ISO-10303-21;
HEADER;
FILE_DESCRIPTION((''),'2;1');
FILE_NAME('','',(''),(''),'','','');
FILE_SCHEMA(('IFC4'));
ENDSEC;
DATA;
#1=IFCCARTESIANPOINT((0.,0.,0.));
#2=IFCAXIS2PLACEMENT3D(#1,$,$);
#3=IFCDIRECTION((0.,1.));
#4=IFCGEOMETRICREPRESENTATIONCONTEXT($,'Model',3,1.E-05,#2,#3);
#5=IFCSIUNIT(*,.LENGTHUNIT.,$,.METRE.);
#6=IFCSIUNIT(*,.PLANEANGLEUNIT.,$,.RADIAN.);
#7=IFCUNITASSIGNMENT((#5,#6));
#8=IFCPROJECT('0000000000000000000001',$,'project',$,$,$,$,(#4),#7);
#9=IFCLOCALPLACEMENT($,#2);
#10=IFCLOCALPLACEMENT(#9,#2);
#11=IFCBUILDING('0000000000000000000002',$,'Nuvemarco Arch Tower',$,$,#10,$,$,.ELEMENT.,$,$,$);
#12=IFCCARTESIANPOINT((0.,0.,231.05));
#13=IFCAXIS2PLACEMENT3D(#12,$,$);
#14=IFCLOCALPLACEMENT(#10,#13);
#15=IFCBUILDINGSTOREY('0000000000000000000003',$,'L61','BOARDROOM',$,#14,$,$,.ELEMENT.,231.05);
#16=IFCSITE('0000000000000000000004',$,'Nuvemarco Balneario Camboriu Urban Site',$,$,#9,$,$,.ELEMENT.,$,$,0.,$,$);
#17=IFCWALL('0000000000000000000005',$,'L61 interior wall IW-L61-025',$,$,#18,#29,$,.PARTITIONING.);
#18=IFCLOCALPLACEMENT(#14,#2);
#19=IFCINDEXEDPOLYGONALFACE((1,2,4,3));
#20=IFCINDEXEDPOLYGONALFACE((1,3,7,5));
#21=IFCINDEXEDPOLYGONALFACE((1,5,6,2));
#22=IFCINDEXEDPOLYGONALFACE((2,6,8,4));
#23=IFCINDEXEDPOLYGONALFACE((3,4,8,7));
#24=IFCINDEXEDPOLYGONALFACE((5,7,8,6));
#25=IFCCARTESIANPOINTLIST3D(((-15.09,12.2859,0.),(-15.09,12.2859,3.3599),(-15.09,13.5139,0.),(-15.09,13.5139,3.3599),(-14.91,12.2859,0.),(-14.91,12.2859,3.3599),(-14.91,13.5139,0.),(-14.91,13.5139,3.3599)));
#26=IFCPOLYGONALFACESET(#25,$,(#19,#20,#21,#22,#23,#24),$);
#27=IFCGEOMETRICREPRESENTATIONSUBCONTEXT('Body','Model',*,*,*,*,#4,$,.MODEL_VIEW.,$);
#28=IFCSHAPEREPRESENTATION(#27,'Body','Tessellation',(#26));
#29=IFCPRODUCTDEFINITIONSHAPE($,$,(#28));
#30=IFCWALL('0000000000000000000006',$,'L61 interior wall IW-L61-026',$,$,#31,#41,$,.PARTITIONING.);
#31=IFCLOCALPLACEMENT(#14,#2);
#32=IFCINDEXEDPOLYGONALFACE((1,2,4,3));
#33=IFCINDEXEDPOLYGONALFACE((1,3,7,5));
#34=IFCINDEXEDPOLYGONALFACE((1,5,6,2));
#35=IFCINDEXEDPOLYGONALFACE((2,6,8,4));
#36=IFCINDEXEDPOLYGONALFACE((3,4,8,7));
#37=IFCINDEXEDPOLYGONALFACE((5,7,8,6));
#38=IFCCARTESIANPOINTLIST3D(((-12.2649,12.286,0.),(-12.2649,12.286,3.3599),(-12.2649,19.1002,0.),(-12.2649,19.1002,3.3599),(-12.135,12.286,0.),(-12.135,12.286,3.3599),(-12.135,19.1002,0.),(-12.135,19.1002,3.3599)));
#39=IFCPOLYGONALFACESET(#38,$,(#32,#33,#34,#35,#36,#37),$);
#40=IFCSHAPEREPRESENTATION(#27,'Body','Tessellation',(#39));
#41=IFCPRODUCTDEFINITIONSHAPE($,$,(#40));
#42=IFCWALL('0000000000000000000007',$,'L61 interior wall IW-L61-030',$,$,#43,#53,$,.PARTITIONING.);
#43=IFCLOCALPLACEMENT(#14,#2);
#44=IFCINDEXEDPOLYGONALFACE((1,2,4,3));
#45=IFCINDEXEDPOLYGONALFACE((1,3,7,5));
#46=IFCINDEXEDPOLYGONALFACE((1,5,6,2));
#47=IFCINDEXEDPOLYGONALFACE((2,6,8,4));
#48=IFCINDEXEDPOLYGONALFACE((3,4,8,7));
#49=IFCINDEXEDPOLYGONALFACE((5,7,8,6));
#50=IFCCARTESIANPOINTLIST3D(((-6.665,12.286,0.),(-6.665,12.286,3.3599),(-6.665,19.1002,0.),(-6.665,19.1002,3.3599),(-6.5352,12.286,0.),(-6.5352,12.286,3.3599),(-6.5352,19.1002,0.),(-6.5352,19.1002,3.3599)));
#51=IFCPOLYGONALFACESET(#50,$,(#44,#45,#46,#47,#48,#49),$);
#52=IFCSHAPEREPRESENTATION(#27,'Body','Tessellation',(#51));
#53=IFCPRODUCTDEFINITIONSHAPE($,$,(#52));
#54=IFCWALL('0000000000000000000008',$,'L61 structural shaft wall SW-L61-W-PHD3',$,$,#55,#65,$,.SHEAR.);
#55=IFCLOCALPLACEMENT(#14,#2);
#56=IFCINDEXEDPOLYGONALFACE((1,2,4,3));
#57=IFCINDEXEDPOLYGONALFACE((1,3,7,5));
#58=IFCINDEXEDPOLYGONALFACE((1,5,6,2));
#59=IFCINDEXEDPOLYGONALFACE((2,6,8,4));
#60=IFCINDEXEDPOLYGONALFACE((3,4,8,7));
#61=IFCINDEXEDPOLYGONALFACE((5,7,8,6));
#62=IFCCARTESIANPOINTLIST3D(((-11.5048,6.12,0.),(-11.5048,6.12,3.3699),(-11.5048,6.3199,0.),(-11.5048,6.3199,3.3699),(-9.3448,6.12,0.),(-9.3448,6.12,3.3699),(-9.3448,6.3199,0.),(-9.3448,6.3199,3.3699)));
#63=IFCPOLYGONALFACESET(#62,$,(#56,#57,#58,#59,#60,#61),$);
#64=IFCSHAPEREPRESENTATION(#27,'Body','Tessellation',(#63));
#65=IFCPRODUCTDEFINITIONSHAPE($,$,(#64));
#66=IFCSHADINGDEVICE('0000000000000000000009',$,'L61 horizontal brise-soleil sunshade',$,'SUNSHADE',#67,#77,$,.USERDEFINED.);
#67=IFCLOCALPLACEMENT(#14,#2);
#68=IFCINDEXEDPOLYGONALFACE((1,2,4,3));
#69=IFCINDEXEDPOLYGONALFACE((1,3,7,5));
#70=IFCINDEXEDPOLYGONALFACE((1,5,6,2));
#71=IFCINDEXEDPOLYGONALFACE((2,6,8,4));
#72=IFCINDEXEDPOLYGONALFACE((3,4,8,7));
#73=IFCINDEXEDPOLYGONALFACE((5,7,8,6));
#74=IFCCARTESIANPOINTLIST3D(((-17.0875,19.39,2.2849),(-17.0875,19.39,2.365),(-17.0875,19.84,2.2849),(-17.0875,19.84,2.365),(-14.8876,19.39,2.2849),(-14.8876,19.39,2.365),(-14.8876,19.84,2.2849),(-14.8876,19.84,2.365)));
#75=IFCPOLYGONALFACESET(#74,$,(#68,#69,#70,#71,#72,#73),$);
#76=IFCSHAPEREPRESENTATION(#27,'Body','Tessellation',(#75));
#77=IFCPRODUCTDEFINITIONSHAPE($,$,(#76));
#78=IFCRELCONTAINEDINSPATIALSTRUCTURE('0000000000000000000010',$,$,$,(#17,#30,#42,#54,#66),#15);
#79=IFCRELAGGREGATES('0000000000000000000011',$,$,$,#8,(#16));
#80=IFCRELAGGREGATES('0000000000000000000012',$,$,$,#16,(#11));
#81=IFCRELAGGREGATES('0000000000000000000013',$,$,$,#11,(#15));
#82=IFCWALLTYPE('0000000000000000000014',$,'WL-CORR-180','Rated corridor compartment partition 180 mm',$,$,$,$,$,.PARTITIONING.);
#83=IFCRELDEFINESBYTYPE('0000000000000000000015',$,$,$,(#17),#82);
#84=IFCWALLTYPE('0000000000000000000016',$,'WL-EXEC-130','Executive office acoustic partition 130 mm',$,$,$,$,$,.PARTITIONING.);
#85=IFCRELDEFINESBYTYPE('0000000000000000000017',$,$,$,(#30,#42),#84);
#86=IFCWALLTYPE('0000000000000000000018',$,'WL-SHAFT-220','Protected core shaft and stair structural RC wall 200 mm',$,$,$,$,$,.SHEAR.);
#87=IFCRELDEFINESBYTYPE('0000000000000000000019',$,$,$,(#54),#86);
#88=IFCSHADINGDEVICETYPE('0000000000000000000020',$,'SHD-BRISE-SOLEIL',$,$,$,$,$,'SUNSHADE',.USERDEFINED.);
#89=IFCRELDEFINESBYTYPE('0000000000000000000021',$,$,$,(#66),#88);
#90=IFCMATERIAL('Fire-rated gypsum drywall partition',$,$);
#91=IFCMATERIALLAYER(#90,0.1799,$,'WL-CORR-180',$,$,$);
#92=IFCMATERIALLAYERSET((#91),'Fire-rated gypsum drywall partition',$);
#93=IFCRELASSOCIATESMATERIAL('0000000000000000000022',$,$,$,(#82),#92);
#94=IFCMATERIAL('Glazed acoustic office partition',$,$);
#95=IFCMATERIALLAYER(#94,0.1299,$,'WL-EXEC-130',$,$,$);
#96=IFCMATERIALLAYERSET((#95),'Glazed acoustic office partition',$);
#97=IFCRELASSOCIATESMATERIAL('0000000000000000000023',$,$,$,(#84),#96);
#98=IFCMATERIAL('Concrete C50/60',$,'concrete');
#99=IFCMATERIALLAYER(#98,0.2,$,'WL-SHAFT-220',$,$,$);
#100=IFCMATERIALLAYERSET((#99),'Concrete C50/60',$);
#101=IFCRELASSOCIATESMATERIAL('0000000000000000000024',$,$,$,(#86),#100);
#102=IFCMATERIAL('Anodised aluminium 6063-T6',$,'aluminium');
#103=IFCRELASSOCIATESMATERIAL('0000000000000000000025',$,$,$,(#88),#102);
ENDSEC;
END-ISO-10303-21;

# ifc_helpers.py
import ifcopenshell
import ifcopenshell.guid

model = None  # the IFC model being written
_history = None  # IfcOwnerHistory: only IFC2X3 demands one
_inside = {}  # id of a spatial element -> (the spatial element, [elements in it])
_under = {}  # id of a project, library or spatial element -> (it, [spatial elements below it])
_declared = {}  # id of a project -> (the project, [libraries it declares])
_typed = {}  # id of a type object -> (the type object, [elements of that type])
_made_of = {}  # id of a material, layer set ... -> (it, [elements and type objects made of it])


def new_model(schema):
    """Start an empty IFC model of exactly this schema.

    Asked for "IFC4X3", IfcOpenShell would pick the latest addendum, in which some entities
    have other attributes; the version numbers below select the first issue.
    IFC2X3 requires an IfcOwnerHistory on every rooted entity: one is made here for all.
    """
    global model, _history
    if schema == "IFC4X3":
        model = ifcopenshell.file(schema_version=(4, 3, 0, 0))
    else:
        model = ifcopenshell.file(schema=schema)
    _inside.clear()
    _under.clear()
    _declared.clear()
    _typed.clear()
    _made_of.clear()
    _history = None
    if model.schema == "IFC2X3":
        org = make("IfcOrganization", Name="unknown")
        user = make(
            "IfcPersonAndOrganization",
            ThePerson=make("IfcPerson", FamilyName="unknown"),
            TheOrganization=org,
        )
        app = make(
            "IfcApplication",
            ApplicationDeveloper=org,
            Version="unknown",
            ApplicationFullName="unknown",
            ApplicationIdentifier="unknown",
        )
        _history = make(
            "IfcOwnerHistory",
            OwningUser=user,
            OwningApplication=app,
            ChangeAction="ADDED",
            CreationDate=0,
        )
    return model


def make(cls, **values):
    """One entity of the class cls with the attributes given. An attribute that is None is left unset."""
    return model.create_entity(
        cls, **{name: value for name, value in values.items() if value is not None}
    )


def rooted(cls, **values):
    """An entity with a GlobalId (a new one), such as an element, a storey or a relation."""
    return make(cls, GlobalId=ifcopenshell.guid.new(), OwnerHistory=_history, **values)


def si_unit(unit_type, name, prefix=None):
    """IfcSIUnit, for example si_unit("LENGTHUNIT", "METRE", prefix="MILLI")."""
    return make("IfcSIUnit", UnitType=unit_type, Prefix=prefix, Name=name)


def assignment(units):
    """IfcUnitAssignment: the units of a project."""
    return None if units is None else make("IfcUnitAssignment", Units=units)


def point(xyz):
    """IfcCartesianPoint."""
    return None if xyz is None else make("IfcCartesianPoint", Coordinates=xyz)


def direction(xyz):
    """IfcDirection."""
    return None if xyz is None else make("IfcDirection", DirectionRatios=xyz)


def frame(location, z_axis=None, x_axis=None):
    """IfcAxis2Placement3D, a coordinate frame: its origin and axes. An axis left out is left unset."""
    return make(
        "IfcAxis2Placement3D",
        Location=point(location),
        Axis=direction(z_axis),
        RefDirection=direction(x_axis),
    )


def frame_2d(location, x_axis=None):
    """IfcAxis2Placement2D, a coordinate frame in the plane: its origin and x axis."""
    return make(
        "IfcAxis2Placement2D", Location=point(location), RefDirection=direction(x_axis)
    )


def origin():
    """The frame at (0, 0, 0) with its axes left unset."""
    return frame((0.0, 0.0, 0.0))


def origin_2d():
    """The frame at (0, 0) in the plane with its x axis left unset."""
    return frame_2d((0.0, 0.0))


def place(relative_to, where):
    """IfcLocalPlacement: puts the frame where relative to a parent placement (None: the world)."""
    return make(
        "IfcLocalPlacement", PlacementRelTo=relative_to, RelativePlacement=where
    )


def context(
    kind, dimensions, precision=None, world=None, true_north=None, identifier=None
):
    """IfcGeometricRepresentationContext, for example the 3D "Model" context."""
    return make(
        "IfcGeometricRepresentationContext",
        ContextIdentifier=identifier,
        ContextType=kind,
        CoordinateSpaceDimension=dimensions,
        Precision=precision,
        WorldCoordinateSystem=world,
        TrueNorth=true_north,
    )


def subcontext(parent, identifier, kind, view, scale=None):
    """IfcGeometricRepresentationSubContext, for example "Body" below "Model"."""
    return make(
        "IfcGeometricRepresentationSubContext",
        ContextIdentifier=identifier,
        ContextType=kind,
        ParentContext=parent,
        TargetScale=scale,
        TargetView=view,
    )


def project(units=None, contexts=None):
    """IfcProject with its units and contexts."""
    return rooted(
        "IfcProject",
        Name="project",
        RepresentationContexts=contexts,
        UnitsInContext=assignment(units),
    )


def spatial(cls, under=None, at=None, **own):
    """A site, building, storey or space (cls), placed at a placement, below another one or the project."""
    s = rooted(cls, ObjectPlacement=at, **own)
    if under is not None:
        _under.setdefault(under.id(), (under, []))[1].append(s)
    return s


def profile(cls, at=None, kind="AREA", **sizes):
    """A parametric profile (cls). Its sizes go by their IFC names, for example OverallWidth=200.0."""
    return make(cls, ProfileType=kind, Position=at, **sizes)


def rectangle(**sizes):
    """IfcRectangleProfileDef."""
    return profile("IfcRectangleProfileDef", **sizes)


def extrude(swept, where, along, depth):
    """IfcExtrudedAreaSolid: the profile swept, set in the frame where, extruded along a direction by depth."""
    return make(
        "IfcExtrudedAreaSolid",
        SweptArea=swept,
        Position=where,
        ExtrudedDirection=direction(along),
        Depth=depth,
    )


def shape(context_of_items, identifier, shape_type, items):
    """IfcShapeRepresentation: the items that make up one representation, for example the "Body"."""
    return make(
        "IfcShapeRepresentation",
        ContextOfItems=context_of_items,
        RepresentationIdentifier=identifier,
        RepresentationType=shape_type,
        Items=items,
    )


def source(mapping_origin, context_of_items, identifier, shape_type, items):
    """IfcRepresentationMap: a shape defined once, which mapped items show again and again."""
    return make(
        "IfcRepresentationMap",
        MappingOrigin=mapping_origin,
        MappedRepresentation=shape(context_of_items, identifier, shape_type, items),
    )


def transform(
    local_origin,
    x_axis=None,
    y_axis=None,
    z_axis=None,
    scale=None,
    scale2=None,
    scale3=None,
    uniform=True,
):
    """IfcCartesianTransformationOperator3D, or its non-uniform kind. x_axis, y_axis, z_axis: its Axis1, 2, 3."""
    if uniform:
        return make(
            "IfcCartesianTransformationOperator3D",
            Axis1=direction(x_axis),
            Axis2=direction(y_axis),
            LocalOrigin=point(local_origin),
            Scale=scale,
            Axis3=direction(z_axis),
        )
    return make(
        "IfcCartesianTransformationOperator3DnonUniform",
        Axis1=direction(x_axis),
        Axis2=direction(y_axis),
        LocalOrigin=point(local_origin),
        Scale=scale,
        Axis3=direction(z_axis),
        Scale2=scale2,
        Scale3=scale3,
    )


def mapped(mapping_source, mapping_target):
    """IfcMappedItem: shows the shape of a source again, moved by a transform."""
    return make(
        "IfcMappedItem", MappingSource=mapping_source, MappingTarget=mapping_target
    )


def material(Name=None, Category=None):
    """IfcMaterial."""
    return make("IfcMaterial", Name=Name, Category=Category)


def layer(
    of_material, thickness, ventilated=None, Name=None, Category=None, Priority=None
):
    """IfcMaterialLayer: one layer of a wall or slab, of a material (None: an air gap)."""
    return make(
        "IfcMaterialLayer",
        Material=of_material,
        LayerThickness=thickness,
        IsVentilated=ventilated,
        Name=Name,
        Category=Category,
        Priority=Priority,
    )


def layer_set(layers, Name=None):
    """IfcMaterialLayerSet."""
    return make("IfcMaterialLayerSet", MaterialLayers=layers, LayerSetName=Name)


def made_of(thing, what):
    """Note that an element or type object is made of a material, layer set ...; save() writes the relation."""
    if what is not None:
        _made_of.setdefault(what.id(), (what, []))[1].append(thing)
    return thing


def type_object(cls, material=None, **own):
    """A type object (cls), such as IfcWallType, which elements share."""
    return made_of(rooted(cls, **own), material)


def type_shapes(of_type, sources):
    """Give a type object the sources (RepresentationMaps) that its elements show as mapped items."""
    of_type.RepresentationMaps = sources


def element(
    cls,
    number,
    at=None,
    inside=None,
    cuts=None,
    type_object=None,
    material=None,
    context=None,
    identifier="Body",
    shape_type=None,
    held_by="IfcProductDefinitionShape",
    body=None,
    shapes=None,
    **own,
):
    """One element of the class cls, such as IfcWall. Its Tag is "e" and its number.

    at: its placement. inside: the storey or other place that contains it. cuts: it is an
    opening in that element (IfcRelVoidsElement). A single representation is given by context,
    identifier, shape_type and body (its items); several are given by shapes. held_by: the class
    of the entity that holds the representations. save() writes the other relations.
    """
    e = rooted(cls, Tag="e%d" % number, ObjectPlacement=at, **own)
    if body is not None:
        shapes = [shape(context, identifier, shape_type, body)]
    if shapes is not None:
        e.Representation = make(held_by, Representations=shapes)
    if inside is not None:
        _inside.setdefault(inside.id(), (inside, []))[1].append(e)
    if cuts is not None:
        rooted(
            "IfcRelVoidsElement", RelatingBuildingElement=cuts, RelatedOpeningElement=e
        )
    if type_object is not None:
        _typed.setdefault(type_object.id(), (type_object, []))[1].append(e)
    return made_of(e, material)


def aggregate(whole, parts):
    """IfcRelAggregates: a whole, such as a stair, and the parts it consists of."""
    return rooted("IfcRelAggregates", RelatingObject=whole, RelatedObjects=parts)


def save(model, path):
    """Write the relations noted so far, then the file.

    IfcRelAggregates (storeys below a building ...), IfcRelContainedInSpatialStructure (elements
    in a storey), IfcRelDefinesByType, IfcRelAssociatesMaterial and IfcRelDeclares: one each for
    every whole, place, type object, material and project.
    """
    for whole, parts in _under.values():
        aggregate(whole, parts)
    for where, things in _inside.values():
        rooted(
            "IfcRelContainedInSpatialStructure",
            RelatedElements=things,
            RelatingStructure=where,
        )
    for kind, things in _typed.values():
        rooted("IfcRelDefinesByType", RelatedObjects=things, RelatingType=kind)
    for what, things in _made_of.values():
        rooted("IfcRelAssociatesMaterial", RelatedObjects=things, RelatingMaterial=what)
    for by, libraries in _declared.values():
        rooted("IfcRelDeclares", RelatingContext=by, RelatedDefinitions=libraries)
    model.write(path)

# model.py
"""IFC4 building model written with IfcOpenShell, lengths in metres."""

from ifc_helpers import new_model, si_unit, direction, frame, frame_2d, origin, origin_2d, place, context, subcontext, project, spatial, rectangle, extrude, source, transform, mapped, material, layer, layer_set, type_object, type_shapes, element, save


model = new_model("IFC4")

# Units and contexts
model_context = context("Model", 3, precision=1e-05, world=origin(), true_north=direction((0.0, 1.0)))
body_context = subcontext(model_context, "Body", "Model", "MODEL_VIEW")
ifc_project = project(units=[si_unit("LENGTHUNIT", "METRE"), si_unit("PLANEANGLEUNIT", "RADIAN")], contexts=[model_context])

# Site, building, storey
site_placement = place(None, origin())
site = spatial("IfcSite", under=ifc_project, at=site_placement, Name="Nuvemarco Balneario Camboriu Urban Site", CompositionType="ELEMENT", RefElevation=0.0)
building_placement = place(site_placement, origin())
building = spatial("IfcBuilding", under=site, at=building_placement, Name="Nuvemarco Arch Tower", CompositionType="ELEMENT")
storey_placement = place(building_placement, frame((0.0, 0.0, 231.05)))
storey = spatial("IfcBuildingStorey", under=building, at=storey_placement, Name="L61", Description="BOARDROOM", CompositionType="ELEMENT", Elevation=231.05)

# Shared definitions
ifc_material_1 = material(Name="Concrete C50/60", Category="concrete")

# Shared definitions
ifc_material_2 = material(Name="Fire-rated gypsum drywall partition")
ifc_layer_1 = layer(ifc_material_2, 0.1799, Name="WL-CORR-180")
ifc_layer_set_1 = layer_set([ifc_layer_1], Name="Fire-rated gypsum drywall partition")
wall_type_1 = type_object("IfcWallType", Name="WL-CORR-180", Description="Rated corridor compartment partition 180 mm", PredefinedType="PARTITIONING", material=ifc_layer_set_1)

# Walls
wall_1_placement = place(storey_placement, frame((-15.0, 12.2859, 0.0), z_axis=(0.0, 0.0, 1.0), x_axis=(0.0, 1.0, 0.0)))
element("IfcWall", 1, at=wall_1_placement, inside=storey, type_object=wall_type_1, Name="L61 interior wall IW-L61-025", PredefinedType="PARTITIONING", context=body_context, shape_type="SweptSolid", body=[
    extrude(rectangle(XDim=1.228, YDim=0.1799, at=frame_2d((0.614, 0.0))), origin(), (0.0, 0.0, 1.0), 3.3599),
])
ifc_material_3 = material(Name="Glazed acoustic office partition")
ifc_layer_2 = layer(ifc_material_3, 0.1299, Name="WL-EXEC-130")
ifc_layer_set_2 = layer_set([ifc_layer_2], Name="Glazed acoustic office partition")
wall_type_2 = type_object("IfcWallType", Name="WL-EXEC-130", Description="Executive office acoustic partition 130 mm", PredefinedType="PARTITIONING", material=ifc_layer_set_2)
for number, where, z_axis, x_axis, name in (
    (2, (-12.2, 12.2859, 0.0), (0.0, 0.0, 1.0), (0.0, 1.0, 0.0), "L61 interior wall IW-L61-026"),
    (3, (-6.6001, 12.2859, 0.0), (0.0, 0.0, 1.0), (0.0, 1.0, 0.0), "L61 interior wall IW-L61-030"),
):
    element("IfcWall", number, at=place(storey_placement, frame(where, z_axis=z_axis, x_axis=x_axis)), inside=storey, type_object=wall_type_2, Name=name, PredefinedType="PARTITIONING", context=body_context, shape_type="SweptSolid", body=[
        extrude(rectangle(XDim=6.8142, YDim=0.1299, at=frame_2d((3.4072, 0.0))), origin(), (0.0, 0.0, 1.0), 3.3599),
    ])
ifc_layer_3 = layer(ifc_material_1, 0.2, Name="WL-SHAFT-220")
ifc_layer_set_3 = layer_set([ifc_layer_3], Name="Concrete C50/60")
wall_type_3 = type_object("IfcWallType", Name="WL-SHAFT-220", Description="Protected core shaft and stair structural RC wall 200 mm", PredefinedType="SHEAR", material=ifc_layer_set_3)
wall_2_placement = place(storey_placement, frame((-11.5049, 6.22, 0.0), z_axis=(0.0, 0.0, 1.0), x_axis=(1.0, 0.0, 0.0)))
element("IfcWall", 4, at=wall_2_placement, inside=storey, type_object=wall_type_3, Name="L61 structural shaft wall SW-L61-W-PHD3", PredefinedType="SHEAR", context=body_context, shape_type="SweptSolid", body=[
    extrude(rectangle(XDim=2.1599, YDim=0.2, at=frame_2d((1.0801, 0.0))), origin(), (0.0, 0.0, 1.0), 3.3699),
])

# Shading device
ifc_material_4 = material(Name="Anodised aluminium 6063-T6", Category="aluminium")
shading_device_type = type_object("IfcShadingDeviceType", Name="SHD-BRISE-SOLEIL", ElementType="SUNSHADE", PredefinedType="USERDEFINED", material=ifc_material_4)
shared_shape_1 = source(origin(), body_context, "Body", "SweptSolid", [
    extrude(rectangle(XDim=2.2, YDim=0.45, at=origin_2d()), origin(), (0.0, 0.0, 1.0), 0.0801),
])
type_shapes(shading_device_type, [shared_shape_1])
shading_device_placement = place(storey_placement, frame((-15.9875, 19.615, 2.2849), z_axis=(0.0, 0.0, 1.0), x_axis=(1.0, 0.0, 0.0)))
element("IfcShadingDevice", 5, at=shading_device_placement, inside=storey, type_object=shading_device_type, Name="L61 horizontal brise-soleil sunshade", ObjectType="SUNSHADE", PredefinedType="USERDEFINED", context=body_context, shape_type="MappedRepresentation", body=[
    mapped(shared_shape_1, transform((0.0, 0.0, 0.0), scale=1.0)),
])

save(model, "model.ifc")
